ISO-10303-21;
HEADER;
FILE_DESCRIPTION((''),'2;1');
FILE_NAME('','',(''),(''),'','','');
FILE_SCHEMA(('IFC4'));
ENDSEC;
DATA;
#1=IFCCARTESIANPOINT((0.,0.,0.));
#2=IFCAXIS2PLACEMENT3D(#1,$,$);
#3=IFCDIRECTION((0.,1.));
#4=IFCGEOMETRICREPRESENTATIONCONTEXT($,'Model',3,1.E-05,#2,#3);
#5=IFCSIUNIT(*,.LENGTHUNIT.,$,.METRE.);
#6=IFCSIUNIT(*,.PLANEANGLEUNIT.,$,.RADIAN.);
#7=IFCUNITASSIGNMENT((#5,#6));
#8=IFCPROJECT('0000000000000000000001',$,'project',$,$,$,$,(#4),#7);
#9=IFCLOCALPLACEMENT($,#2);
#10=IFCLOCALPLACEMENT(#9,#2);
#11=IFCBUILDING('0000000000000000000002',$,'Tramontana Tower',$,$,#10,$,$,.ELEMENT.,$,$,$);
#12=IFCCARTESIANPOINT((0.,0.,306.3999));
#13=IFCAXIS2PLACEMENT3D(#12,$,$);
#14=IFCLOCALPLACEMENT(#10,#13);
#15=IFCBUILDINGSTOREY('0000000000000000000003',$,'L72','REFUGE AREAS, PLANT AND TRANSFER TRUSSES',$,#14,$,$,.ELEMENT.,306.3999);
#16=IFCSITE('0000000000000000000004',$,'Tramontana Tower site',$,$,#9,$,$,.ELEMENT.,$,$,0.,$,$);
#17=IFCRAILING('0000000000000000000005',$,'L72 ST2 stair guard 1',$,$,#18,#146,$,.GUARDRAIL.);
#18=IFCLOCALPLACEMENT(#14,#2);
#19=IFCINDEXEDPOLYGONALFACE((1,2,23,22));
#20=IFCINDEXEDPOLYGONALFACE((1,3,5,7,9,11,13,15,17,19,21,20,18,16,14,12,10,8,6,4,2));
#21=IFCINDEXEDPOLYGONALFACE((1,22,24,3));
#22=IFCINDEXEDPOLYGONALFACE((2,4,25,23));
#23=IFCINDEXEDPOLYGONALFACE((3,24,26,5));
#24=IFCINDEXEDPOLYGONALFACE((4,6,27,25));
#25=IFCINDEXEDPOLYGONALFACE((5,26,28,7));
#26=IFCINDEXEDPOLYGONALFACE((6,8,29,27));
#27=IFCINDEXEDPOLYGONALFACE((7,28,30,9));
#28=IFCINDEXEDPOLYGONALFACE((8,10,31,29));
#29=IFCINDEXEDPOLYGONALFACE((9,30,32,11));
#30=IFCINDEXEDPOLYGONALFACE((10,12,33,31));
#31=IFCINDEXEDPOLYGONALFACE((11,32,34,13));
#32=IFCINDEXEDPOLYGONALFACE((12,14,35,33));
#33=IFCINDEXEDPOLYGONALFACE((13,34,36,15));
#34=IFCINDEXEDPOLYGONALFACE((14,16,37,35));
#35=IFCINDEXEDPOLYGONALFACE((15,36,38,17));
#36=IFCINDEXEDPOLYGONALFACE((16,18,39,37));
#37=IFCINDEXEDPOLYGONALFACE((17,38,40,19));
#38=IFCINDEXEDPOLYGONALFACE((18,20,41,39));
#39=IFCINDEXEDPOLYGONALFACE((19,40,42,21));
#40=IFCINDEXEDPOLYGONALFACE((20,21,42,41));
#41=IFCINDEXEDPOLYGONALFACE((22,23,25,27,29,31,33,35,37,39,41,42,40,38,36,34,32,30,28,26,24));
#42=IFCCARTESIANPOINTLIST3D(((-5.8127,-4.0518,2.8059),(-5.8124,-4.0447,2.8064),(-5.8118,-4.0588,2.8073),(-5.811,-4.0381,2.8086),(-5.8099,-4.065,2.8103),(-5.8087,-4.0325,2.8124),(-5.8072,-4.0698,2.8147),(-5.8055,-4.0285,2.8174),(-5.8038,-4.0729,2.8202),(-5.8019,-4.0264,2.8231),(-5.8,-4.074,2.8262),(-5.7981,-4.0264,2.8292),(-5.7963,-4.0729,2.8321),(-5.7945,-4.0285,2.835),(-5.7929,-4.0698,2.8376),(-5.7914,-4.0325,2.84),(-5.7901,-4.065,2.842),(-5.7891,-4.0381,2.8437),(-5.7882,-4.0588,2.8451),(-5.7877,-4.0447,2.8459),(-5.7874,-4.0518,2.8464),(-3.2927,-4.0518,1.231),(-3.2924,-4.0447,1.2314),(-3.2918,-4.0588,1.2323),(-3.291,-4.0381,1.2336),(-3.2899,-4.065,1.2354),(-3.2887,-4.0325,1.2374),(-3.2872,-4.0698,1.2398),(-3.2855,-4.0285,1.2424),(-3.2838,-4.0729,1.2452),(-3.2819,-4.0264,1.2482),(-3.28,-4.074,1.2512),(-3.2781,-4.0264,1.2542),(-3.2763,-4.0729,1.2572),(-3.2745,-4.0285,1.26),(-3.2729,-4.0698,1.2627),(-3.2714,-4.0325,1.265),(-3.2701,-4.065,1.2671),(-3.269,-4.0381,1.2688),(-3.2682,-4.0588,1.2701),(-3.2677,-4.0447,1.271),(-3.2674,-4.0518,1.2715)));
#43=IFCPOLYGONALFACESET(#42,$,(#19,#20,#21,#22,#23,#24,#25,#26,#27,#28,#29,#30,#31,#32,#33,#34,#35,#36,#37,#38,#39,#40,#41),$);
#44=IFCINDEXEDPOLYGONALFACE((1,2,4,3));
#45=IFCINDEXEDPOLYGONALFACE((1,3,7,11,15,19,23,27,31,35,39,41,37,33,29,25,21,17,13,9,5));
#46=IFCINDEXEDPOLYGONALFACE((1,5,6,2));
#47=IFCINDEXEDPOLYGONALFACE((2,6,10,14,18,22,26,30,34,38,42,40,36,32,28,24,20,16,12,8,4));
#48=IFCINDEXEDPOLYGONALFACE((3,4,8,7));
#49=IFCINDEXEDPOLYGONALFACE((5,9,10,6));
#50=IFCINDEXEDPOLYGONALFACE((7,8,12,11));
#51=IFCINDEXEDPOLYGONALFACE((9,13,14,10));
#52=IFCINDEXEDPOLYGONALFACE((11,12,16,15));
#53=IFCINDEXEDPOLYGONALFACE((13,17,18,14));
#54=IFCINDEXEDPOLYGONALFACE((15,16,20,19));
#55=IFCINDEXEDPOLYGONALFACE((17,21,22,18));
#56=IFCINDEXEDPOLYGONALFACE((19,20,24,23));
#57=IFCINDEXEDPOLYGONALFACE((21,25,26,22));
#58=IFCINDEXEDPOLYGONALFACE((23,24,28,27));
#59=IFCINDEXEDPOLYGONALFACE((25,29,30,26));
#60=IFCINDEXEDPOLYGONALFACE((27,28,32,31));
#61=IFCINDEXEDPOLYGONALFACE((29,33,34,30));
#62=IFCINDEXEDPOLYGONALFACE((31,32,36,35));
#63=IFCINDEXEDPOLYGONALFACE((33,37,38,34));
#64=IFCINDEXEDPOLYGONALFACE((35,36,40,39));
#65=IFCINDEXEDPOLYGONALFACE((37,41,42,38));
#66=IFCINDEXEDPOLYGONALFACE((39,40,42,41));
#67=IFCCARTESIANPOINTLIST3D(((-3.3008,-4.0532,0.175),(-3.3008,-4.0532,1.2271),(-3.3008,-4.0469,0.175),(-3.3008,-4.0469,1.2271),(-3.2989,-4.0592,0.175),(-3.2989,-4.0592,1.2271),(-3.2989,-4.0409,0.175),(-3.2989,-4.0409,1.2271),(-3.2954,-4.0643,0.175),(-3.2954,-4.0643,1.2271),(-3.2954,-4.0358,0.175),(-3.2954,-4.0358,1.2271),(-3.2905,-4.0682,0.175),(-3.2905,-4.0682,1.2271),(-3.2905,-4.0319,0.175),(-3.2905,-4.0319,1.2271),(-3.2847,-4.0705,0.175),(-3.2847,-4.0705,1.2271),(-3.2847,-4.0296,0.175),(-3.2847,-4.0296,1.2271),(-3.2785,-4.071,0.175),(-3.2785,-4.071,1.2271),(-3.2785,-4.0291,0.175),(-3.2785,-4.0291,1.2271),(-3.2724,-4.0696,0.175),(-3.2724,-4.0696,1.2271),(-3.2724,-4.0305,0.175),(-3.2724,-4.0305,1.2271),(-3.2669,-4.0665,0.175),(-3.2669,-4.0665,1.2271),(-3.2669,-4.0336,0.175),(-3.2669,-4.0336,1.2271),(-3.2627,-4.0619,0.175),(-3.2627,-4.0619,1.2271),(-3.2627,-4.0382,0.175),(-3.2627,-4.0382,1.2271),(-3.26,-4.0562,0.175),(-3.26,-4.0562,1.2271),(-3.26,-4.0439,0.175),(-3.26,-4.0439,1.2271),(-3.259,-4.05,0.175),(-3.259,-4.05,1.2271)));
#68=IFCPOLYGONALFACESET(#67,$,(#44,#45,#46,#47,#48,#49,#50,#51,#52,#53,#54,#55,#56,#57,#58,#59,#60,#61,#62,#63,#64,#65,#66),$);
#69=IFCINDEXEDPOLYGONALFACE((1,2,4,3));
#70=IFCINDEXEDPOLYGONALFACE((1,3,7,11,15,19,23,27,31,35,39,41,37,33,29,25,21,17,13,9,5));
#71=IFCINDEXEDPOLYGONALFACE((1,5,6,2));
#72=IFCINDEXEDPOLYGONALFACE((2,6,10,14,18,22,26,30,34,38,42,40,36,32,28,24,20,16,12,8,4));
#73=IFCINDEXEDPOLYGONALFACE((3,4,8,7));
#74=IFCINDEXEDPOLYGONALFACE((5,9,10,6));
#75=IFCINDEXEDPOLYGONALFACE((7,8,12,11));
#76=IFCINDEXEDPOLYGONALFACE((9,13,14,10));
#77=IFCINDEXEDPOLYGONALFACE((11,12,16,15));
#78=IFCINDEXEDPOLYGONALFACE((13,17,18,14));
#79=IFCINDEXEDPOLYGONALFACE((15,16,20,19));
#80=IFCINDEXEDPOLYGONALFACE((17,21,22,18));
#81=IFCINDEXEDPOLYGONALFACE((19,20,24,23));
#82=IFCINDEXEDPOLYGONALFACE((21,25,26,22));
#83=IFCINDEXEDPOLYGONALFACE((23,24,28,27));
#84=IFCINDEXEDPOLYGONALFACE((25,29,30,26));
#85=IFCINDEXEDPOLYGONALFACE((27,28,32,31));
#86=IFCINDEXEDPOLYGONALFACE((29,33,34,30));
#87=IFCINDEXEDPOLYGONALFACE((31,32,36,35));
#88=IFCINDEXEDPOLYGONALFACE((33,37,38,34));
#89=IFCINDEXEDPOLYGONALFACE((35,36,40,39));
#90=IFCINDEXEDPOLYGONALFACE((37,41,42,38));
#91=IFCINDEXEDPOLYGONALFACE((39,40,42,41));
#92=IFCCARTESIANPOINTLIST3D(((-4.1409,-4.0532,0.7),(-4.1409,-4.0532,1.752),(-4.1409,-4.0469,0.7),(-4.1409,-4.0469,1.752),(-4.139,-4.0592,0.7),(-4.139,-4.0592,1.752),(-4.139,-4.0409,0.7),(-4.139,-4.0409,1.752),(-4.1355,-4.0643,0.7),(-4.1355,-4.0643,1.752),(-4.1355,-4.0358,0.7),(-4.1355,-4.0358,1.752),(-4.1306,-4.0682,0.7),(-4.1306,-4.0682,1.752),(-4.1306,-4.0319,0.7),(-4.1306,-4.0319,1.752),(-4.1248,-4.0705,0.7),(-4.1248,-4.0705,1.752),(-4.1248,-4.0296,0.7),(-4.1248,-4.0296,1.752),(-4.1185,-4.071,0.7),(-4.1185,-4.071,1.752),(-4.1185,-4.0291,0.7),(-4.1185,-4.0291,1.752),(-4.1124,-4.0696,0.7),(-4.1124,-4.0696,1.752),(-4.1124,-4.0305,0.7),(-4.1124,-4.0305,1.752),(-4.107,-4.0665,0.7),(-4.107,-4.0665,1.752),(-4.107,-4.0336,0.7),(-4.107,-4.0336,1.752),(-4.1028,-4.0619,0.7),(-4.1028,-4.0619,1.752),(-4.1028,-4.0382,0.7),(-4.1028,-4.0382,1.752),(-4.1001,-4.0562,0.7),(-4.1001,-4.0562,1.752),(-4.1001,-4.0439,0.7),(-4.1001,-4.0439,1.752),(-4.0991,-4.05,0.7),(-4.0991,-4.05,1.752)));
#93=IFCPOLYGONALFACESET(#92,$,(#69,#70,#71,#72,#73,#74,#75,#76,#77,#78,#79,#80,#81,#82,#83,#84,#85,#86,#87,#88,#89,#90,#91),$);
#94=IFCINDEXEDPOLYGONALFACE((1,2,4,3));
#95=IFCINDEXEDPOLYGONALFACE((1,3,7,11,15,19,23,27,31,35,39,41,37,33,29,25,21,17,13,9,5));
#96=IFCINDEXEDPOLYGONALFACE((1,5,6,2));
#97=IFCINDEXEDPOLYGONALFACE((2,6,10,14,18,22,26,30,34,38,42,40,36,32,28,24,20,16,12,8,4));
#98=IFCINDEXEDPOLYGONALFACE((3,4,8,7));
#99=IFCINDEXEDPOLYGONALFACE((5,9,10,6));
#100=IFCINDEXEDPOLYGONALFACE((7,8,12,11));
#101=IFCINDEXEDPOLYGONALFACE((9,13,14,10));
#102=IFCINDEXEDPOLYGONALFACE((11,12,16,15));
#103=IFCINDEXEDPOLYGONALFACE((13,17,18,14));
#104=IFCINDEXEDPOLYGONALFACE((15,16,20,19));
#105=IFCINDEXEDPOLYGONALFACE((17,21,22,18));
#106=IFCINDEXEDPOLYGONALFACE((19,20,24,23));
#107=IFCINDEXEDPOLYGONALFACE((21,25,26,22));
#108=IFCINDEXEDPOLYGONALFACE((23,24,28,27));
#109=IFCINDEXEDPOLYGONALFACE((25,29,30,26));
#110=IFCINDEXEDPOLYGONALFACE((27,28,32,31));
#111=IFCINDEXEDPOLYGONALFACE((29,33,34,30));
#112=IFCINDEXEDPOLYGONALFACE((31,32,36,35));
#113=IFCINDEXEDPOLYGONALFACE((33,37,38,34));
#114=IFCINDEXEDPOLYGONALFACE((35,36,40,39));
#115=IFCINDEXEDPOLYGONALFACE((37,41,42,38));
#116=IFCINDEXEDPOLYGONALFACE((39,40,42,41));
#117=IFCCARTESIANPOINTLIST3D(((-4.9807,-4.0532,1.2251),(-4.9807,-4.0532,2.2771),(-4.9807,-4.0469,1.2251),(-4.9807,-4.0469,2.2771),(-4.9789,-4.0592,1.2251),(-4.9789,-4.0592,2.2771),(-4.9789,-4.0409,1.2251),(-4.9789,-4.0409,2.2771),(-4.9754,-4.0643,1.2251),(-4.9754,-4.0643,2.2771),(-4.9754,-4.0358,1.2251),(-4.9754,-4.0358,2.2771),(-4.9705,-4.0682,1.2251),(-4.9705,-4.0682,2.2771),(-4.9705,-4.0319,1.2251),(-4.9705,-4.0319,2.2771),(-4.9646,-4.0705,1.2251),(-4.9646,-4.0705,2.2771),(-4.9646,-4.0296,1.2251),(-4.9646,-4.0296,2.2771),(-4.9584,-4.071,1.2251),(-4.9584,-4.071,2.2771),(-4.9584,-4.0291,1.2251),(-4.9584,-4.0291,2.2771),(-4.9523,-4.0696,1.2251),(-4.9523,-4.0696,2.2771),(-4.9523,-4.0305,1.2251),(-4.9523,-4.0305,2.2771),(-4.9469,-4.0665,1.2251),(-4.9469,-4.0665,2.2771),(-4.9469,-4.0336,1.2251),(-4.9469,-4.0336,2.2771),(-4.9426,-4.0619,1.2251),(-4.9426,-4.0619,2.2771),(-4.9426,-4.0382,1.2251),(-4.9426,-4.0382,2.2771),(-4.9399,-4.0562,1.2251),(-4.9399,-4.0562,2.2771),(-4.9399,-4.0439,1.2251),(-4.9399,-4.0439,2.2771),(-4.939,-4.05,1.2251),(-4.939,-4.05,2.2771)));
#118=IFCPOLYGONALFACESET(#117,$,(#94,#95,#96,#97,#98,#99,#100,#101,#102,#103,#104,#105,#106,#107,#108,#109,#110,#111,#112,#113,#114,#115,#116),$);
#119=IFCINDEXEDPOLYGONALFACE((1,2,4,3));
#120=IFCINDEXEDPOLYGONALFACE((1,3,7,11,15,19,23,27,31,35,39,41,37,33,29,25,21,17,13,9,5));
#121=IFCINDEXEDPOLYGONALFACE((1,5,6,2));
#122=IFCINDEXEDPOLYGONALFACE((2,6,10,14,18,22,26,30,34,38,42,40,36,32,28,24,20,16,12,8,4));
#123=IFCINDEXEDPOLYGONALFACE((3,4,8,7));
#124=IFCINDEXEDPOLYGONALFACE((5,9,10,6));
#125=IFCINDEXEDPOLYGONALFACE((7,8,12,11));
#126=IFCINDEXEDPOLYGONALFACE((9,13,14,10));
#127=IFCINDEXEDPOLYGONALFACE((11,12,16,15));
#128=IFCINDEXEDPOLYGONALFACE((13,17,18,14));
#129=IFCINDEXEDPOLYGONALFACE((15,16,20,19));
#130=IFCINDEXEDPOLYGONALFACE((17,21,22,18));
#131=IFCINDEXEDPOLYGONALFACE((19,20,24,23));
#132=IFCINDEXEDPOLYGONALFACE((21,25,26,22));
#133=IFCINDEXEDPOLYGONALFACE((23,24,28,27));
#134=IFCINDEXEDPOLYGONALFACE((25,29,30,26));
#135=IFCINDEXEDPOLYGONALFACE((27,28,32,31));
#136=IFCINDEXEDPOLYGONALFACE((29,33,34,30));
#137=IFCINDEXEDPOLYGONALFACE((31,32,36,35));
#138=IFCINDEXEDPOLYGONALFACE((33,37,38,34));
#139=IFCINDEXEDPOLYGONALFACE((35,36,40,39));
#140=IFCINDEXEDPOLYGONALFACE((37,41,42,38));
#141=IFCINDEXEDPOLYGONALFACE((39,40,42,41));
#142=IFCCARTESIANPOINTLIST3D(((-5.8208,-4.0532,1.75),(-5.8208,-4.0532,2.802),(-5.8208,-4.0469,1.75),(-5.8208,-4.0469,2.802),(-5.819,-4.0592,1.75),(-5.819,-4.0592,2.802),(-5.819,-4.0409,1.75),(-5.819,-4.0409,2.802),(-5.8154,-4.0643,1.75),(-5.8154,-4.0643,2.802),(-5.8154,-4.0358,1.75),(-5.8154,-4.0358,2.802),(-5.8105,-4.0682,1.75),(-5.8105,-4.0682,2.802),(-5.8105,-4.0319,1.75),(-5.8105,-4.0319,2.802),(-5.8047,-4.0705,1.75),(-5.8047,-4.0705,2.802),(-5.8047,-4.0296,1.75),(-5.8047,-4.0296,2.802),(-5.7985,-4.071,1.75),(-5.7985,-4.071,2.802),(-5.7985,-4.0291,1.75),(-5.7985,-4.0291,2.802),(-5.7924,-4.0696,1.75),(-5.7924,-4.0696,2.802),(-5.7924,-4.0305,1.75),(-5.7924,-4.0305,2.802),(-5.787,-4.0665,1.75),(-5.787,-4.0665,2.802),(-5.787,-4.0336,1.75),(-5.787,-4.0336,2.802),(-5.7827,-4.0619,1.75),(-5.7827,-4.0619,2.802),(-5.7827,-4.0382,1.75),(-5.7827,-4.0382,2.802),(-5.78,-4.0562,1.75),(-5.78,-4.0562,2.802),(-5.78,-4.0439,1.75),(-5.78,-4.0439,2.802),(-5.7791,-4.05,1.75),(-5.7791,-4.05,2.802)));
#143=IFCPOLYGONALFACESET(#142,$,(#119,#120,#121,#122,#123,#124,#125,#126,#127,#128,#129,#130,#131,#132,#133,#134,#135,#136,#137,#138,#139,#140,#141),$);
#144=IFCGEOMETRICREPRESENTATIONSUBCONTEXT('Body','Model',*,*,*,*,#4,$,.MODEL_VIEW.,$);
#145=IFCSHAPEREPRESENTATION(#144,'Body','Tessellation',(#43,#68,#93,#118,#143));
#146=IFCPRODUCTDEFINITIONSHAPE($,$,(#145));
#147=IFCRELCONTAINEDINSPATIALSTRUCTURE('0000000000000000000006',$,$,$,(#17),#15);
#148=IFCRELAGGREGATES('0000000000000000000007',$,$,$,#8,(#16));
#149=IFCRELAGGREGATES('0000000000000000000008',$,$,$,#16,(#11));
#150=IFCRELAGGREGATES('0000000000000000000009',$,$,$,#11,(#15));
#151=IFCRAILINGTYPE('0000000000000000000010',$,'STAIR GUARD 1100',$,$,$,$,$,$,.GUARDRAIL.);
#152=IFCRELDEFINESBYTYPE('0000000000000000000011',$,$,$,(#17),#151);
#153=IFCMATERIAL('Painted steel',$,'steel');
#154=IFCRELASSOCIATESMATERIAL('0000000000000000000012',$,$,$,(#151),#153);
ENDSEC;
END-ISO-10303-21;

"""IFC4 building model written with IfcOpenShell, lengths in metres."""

from ifc_helpers import new_model, si_unit, direction, frame, origin, origin_2d, place, context, subcontext, project, spatial, circle, extrude, material, type_object, element, save


model = new_model("IFC4")

# Units and contexts
model_context = context("Model", 3, precision=1e-05, world=origin(), true_north=direction((0.0, 1.0)))
body_context = subcontext(model_context, "Body", "Model", "MODEL_VIEW")
ifc_project = project(units=[si_unit("LENGTHUNIT", "METRE"), si_unit("PLANEANGLEUNIT", "RADIAN")], contexts=[model_context])

# Site, building, storey
site_placement = place(None, origin())
site = spatial("IfcSite", under=ifc_project, at=site_placement, Name="Tramontana Tower site", CompositionType="ELEMENT", RefElevation=0.0)
building_placement = place(site_placement, origin())
building = spatial("IfcBuilding", under=site, at=building_placement, Name="Tramontana Tower", CompositionType="ELEMENT")
storey_placement = place(building_placement, frame((0.0, 0.0, 306.3999)))
storey = spatial("IfcBuildingStorey", under=building, at=storey_placement, Name="L72", Description="REFUGE AREAS, PLANT AND TRANSFER TRUSSES", CompositionType="ELEMENT", Elevation=306.3999)

# Railing
ifc_material_1 = material(Name="Painted steel", Category="steel")
railing_type = type_object("IfcRailingType", Name="STAIR GUARD 1100", PredefinedType="GUARDRAIL", material=ifc_material_1)
for number, where, name in (
    (1, (-3.28, -4.05, 0.175), "L72 ST2 stair guard 1"),
):
    element("IfcRailing", number, at=place(storey_placement, frame(where)), inside=storey, type_object=railing_type, Name=name, PredefinedType="GUARDRAIL", context=body_context, shape_type="SweptSolid", body=[
        extrude(circle(Radius=0.0239, at=origin_2d()), frame((0.0, 0.0, 1.0762), z_axis=(-0.848008, 0.0, 0.529984), x_axis=(0.0, -1.0, 0.0)), (0.0, 0.0, 1.0), 2.9717),
        extrude(circle(Radius=0.021, at=origin_2d()), origin(), (0.0, 0.0, 1.0), 1.052),
        extrude(circle(Radius=0.021, at=origin_2d()), frame((-0.8401, 0.0, 0.5249)), (0.0, 0.0, 1.0), 1.052),
        extrude(circle(Radius=0.021, at=origin_2d()), frame((-1.6799, 0.0, 1.05)), (0.0, 0.0, 1.0), 1.052),
        extrude(circle(Radius=0.021, at=origin_2d()), frame((-2.52, 0.0, 1.575)), (0.0, 0.0, 1.0), 1.052),
    ])

save(model, "model.ifc")
